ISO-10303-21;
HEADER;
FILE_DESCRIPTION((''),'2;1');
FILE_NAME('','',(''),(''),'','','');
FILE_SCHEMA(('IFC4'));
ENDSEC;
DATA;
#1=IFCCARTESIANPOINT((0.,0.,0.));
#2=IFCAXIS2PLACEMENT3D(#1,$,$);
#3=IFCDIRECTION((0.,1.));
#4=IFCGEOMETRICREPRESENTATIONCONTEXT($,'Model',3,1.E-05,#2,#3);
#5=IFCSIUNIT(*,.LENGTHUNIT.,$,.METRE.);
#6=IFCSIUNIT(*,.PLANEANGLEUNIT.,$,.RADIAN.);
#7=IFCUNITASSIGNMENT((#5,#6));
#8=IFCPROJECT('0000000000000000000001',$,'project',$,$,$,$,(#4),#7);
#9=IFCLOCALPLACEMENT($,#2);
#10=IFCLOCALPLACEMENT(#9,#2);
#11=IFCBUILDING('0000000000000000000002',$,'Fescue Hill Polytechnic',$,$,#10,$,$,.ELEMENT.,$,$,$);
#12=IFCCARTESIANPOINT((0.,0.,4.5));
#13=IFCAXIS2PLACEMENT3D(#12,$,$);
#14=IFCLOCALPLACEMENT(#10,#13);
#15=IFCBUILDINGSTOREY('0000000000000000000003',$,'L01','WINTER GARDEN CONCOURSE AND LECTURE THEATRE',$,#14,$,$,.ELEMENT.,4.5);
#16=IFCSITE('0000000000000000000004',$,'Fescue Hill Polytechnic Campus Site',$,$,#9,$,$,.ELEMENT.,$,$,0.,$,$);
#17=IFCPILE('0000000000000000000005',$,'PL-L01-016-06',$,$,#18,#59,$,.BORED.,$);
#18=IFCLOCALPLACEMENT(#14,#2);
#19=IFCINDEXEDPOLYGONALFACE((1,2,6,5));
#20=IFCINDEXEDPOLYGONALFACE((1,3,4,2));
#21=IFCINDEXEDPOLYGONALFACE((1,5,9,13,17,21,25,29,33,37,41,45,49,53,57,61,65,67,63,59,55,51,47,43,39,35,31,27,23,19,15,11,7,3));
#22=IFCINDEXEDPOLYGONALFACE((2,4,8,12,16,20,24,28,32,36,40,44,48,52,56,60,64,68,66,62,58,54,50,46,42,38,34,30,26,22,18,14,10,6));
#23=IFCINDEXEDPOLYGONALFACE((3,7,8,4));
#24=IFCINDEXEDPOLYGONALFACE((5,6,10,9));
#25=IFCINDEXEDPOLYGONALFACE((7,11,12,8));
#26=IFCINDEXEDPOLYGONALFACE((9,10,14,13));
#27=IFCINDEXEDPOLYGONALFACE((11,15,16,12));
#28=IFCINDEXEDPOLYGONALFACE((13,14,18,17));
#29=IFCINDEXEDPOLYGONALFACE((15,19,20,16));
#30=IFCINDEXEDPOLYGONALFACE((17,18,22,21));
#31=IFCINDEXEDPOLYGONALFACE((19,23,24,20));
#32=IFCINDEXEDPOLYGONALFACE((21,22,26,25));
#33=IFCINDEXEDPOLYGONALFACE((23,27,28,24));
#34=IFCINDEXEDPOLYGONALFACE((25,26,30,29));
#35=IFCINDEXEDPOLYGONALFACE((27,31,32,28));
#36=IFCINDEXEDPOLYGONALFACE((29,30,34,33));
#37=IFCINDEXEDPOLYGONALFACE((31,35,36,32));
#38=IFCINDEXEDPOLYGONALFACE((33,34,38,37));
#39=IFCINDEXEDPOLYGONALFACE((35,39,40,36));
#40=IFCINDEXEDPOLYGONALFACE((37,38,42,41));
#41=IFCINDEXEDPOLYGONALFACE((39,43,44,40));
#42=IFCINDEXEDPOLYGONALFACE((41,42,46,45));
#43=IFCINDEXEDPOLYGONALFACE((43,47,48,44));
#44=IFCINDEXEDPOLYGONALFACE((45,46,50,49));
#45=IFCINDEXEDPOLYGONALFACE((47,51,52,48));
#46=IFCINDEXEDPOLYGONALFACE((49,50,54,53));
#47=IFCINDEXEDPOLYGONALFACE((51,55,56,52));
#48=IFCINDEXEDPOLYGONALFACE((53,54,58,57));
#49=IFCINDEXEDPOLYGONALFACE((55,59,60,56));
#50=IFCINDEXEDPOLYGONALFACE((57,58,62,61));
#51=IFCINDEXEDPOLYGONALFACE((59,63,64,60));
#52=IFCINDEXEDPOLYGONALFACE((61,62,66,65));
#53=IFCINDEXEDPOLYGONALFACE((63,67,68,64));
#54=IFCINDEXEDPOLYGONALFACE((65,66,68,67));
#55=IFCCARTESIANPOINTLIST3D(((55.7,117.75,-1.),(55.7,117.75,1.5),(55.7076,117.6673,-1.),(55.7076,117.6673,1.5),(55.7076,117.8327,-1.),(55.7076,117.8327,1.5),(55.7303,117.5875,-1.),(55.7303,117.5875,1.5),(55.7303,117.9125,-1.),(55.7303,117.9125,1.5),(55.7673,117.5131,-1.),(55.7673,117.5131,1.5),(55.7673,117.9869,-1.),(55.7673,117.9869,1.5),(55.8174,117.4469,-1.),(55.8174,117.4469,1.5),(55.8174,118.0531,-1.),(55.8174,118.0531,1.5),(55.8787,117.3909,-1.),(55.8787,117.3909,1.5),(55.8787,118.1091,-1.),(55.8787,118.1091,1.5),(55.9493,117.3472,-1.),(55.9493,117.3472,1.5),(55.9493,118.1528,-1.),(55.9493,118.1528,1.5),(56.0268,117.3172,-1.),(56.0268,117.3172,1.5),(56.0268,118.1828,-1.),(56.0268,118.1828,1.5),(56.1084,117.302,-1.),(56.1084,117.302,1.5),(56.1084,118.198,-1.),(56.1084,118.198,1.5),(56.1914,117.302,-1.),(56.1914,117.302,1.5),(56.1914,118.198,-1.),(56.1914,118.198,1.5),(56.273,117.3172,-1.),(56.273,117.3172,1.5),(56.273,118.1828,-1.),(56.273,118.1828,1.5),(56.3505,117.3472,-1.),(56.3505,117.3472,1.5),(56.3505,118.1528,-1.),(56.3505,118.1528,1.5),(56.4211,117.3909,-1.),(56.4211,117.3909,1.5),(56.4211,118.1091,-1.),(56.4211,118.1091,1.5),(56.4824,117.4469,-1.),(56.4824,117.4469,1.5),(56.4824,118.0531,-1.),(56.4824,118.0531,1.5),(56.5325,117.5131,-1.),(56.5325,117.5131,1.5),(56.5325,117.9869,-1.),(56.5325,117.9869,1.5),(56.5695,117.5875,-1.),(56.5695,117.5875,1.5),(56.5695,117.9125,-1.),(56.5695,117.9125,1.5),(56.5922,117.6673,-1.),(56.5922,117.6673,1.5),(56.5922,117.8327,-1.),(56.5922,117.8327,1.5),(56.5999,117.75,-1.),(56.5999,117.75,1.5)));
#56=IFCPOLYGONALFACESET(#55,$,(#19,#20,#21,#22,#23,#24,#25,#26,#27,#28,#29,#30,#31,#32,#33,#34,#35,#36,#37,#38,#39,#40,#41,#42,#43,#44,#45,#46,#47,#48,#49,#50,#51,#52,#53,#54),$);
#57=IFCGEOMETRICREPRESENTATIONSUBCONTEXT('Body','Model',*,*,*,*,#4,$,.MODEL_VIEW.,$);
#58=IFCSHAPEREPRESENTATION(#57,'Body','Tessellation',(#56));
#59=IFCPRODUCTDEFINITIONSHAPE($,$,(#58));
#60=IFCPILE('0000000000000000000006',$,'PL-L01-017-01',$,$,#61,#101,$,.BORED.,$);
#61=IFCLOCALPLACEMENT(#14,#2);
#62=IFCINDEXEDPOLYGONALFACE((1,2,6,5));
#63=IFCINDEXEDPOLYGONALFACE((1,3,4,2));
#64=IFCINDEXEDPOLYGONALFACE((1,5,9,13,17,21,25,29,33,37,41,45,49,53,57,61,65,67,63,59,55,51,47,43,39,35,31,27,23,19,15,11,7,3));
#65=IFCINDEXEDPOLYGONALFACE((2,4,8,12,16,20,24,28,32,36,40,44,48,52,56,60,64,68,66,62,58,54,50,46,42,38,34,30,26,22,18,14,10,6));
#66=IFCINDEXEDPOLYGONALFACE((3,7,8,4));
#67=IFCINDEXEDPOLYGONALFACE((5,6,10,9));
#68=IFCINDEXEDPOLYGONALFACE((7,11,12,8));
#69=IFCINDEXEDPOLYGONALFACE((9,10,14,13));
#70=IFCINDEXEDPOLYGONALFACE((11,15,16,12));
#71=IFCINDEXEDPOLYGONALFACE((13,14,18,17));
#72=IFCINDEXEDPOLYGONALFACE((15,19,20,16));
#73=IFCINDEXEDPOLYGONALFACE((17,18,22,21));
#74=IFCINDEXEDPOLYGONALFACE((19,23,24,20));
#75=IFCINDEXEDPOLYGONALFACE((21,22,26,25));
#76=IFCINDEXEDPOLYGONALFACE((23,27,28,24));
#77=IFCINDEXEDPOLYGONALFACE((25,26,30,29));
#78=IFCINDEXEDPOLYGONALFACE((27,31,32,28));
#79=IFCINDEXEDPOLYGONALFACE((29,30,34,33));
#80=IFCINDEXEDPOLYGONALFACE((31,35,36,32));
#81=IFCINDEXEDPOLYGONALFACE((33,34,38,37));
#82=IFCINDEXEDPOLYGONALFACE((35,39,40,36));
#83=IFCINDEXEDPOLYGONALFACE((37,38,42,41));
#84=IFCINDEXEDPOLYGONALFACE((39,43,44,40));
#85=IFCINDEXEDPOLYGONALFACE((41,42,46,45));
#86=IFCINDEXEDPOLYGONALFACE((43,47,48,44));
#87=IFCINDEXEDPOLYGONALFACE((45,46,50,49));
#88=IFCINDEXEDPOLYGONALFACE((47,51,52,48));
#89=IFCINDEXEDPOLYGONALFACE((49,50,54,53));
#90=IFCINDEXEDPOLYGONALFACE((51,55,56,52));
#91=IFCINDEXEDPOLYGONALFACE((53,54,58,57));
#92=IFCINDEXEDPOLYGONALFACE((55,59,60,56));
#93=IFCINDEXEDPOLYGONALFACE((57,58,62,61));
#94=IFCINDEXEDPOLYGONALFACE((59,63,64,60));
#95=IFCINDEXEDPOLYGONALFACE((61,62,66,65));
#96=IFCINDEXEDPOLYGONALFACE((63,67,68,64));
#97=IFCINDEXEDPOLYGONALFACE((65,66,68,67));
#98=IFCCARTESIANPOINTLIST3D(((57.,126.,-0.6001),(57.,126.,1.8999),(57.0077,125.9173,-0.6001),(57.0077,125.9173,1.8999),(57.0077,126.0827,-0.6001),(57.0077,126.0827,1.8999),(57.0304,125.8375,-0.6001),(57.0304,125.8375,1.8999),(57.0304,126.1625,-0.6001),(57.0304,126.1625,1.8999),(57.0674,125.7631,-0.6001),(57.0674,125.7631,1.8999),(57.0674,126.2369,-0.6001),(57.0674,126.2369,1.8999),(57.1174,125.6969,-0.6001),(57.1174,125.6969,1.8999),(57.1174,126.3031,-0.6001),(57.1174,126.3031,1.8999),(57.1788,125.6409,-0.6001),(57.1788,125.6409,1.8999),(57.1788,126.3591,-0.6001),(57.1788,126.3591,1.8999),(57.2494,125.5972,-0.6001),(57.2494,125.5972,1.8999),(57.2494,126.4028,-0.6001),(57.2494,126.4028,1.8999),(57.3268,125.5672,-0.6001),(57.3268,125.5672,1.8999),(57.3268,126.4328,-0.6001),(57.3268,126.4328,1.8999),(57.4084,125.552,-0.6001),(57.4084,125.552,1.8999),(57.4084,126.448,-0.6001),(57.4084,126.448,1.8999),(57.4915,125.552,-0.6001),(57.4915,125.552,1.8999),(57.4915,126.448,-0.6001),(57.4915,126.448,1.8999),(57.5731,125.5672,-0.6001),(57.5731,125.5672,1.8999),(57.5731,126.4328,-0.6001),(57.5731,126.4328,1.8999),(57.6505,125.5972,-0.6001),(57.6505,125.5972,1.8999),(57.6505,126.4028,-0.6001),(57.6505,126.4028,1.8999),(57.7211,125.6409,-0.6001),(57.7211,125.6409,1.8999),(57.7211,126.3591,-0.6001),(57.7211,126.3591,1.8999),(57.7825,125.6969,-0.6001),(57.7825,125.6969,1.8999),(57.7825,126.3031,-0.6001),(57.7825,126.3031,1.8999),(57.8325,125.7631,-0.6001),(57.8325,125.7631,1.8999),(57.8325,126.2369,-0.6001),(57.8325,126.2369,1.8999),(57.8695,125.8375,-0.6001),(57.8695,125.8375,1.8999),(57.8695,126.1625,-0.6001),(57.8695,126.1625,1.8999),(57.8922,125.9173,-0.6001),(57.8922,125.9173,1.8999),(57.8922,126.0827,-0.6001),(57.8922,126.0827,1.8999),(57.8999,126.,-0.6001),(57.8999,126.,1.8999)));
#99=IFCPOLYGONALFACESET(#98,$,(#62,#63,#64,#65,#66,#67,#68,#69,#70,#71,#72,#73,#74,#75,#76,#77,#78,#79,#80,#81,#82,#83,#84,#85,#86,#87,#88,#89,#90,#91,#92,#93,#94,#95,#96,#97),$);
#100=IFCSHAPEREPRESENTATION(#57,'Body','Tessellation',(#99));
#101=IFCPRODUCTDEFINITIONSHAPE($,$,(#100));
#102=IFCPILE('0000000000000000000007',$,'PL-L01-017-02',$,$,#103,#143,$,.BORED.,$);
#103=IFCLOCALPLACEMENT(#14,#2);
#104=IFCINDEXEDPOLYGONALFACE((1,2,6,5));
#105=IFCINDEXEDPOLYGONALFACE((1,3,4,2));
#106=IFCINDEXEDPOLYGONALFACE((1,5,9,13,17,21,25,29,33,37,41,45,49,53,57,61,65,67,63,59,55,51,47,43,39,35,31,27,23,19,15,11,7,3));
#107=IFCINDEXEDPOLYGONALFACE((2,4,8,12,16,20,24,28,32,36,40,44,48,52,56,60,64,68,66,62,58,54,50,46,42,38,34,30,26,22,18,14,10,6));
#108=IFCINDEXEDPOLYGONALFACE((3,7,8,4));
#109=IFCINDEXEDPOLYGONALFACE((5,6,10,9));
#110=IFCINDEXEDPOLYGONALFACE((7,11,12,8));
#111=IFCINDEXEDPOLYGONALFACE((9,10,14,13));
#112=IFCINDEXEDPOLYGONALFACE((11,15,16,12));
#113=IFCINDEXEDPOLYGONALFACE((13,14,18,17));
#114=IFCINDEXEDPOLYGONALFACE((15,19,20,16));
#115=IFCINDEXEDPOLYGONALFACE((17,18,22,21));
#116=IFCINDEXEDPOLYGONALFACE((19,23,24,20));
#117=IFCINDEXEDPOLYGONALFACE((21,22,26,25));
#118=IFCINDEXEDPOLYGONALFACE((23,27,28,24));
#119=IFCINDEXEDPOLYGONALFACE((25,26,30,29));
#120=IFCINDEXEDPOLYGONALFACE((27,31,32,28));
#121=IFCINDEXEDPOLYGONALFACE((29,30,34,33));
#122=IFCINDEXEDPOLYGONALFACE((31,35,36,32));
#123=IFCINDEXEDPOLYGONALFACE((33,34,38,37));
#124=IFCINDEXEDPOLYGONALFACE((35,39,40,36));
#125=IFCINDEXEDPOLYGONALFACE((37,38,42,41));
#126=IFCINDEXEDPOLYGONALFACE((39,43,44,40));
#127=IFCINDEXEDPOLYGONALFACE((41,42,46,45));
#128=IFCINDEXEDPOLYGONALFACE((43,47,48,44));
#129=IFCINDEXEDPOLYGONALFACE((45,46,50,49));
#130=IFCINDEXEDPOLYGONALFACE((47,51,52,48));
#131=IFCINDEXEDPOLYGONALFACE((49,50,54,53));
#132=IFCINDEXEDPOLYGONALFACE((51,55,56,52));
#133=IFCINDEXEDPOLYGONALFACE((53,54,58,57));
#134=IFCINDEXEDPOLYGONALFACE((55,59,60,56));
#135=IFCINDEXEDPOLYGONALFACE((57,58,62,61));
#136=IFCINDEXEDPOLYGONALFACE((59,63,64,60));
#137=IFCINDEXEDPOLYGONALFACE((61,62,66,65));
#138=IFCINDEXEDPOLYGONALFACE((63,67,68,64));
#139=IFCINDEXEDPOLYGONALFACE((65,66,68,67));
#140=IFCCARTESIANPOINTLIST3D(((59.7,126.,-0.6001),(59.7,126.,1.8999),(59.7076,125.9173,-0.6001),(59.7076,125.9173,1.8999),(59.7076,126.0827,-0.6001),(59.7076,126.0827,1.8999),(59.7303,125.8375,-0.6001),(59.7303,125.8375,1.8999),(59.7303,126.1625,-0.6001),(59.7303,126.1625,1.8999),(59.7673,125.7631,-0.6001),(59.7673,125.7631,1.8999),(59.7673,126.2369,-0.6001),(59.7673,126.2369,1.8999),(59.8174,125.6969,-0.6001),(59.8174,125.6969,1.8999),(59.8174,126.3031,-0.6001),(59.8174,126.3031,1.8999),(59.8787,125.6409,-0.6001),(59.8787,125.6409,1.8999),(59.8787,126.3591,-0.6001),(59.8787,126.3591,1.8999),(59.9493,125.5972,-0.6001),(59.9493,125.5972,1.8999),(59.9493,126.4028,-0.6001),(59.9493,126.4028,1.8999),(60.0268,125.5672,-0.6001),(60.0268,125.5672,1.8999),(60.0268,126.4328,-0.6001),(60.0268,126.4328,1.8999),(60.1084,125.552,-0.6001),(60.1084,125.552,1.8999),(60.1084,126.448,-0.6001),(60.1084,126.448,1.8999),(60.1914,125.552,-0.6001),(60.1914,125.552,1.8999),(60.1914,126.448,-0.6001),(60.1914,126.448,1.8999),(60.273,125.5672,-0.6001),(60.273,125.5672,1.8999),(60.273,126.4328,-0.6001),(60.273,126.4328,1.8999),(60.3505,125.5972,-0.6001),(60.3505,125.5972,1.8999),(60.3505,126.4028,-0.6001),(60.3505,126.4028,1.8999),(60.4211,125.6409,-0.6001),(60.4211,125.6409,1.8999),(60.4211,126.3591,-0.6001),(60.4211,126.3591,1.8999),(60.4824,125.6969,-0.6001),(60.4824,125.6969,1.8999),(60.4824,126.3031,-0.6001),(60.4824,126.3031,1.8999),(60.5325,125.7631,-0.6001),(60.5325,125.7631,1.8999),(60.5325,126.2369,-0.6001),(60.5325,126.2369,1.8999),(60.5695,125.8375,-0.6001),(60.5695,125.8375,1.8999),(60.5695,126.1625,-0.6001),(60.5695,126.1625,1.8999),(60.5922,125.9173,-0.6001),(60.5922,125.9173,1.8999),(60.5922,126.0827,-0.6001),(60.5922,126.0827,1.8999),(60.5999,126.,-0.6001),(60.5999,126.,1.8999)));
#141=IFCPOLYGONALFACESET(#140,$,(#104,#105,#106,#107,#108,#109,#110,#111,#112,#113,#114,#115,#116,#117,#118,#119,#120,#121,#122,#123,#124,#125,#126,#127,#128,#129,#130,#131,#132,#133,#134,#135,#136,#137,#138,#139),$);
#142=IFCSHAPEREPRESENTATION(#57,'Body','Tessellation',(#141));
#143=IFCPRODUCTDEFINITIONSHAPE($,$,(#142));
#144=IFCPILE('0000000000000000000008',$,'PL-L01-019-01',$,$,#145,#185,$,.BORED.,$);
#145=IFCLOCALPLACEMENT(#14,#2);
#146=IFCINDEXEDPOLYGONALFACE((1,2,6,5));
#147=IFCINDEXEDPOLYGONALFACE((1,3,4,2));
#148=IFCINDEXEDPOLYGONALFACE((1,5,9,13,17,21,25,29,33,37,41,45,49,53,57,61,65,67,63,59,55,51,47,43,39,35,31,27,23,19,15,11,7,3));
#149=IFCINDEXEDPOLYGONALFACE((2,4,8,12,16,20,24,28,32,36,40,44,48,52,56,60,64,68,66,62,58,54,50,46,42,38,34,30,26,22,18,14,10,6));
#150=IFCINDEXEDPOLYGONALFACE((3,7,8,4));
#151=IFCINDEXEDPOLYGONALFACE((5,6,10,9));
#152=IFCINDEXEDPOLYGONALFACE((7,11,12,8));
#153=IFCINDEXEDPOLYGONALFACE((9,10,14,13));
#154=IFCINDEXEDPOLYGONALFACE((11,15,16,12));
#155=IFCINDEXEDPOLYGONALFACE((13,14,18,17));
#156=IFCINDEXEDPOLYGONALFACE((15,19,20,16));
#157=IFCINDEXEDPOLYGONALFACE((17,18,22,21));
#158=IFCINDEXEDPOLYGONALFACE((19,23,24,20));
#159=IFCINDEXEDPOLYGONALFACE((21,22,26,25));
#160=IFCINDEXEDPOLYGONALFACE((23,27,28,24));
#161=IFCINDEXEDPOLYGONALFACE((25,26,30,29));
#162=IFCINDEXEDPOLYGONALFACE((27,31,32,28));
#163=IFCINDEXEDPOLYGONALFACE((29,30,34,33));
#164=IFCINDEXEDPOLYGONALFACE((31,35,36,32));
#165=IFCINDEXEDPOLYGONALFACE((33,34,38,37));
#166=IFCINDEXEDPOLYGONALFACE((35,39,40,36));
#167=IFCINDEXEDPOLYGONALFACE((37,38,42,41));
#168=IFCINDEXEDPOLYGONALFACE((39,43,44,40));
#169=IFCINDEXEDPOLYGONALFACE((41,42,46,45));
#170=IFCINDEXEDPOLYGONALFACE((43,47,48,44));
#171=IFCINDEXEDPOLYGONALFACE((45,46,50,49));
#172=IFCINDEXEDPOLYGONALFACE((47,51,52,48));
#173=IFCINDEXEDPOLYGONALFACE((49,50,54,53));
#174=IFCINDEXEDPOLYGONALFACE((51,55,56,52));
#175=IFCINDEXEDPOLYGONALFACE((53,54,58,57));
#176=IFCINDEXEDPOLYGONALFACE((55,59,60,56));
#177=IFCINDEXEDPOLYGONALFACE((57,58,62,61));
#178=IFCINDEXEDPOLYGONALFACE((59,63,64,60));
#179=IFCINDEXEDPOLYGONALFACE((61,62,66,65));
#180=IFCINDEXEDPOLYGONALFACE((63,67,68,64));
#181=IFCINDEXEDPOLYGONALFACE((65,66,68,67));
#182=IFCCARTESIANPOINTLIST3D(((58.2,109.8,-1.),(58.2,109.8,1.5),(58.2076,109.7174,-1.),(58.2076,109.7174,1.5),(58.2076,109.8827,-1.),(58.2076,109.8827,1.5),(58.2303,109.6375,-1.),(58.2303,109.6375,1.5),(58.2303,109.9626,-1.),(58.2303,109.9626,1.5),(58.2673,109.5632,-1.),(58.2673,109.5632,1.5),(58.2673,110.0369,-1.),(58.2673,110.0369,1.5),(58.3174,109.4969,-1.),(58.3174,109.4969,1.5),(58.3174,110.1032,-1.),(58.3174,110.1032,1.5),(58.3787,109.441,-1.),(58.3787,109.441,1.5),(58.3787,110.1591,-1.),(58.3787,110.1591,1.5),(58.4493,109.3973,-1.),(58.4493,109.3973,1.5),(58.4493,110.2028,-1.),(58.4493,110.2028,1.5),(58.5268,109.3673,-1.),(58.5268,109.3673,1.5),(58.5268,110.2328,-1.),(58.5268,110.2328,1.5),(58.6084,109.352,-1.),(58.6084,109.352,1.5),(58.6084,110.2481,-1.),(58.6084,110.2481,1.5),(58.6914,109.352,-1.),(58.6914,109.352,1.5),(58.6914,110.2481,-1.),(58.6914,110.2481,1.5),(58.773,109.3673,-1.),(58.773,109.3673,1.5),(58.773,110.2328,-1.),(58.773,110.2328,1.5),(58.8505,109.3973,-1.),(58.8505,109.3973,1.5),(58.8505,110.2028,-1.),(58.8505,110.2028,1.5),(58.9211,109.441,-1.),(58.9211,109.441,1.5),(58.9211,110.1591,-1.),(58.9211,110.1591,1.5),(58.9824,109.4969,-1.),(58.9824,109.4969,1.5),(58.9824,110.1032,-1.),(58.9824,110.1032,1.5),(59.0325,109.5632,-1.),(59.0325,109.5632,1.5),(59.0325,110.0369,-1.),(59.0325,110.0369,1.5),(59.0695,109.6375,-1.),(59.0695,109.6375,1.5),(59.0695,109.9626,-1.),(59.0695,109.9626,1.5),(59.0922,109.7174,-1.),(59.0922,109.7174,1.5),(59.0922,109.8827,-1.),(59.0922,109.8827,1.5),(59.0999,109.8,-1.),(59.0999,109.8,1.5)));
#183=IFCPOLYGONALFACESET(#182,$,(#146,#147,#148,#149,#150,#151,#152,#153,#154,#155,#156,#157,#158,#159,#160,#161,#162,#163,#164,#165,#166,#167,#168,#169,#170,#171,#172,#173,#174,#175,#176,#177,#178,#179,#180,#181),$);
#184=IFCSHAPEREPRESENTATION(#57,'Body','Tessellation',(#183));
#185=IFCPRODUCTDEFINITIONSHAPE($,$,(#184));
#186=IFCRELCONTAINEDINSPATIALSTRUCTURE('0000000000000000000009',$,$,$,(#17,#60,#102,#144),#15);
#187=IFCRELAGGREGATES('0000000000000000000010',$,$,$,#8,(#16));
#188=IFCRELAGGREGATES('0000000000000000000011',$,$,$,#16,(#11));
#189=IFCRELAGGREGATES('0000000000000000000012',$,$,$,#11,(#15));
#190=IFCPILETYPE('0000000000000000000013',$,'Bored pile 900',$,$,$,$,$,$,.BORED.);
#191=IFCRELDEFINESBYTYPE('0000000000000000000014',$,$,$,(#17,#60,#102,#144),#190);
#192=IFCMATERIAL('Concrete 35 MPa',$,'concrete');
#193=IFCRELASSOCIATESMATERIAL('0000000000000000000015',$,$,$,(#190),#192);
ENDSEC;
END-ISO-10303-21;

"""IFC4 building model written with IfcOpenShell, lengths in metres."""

from ifc_helpers import new_model, si_unit, direction, frame, origin, origin_2d, place, context, subcontext, project, spatial, circle, extrude, material, material_profile, profile_set, type_object, element, save


model = new_model("IFC4")

# Units and contexts
model_context = context("Model", 3, precision=1e-05, world=origin(), true_north=direction((0.0, 1.0)))
body_context = subcontext(model_context, "Body", "Model", "MODEL_VIEW")
ifc_project = project(units=[si_unit("LENGTHUNIT", "METRE"), si_unit("PLANEANGLEUNIT", "RADIAN")], contexts=[model_context])

# Site, building, storey
site_placement = place(None, origin())
site = spatial("IfcSite", under=ifc_project, at=site_placement, Name="Fescue Hill Polytechnic Campus Site", CompositionType="ELEMENT", RefElevation=0.0)
building_placement = place(site_placement, origin())
building = spatial("IfcBuilding", under=site, at=building_placement, Name="Fescue Hill Polytechnic", CompositionType="ELEMENT")
storey_placement = place(building_placement, frame((0.0, 0.0, 4.5)))
storey = spatial("IfcBuildingStorey", under=building, at=storey_placement, Name="L01", Description="WINTER GARDEN CONCOURSE AND LECTURE THEATRE", CompositionType="ELEMENT", Elevation=4.5)

# Piles
ifc_material_1 = material(Name="Concrete 35 MPa", Category="concrete")
ifc_material_profile = material_profile(ifc_material_1, circle(Radius=0.45, at=origin_2d()), Name="Bored pile 900")
ifc_profile_set = profile_set([ifc_material_profile], Name="Concrete 35 MPa")
pile_type = type_object("IfcPileType", Name="Bored pile 900", PredefinedType="BORED", material=ifc_profile_set)
for number, where, z_axis, x_axis, name in (
    (1, (56.1499, 117.75, 1.5), (0.0, 0.0, -1.0), (1.0, 0.0, 0.0), "PL-L01-016-06"),
    (2, (57.45, 126.0, 1.8999), (0.0, 0.0, -1.0), (1.0, 0.0, 0.0), "PL-L01-017-01"),
    (3, (60.1499, 126.0, 1.8999), (0.0, 0.0, -1.0), (1.0, 0.0, 0.0), "PL-L01-017-02"),
    (4, (58.6499, 109.8, 1.5), (0.0, 0.0, -1.0), (1.0, 0.0, 0.0), "PL-L01-019-01"),
):
    element("IfcPile", number, at=place(storey_placement, frame(where, z_axis=z_axis, x_axis=x_axis)), inside=storey, type_object=pile_type, Name=name, PredefinedType="BORED", context=body_context, shape_type="SweptSolid", body=[
        extrude(circle(Radius=0.45, at=origin_2d()), origin(), (0.0, 0.0, 1.0), 2.5),
    ])

save(model, "model.ifc")
